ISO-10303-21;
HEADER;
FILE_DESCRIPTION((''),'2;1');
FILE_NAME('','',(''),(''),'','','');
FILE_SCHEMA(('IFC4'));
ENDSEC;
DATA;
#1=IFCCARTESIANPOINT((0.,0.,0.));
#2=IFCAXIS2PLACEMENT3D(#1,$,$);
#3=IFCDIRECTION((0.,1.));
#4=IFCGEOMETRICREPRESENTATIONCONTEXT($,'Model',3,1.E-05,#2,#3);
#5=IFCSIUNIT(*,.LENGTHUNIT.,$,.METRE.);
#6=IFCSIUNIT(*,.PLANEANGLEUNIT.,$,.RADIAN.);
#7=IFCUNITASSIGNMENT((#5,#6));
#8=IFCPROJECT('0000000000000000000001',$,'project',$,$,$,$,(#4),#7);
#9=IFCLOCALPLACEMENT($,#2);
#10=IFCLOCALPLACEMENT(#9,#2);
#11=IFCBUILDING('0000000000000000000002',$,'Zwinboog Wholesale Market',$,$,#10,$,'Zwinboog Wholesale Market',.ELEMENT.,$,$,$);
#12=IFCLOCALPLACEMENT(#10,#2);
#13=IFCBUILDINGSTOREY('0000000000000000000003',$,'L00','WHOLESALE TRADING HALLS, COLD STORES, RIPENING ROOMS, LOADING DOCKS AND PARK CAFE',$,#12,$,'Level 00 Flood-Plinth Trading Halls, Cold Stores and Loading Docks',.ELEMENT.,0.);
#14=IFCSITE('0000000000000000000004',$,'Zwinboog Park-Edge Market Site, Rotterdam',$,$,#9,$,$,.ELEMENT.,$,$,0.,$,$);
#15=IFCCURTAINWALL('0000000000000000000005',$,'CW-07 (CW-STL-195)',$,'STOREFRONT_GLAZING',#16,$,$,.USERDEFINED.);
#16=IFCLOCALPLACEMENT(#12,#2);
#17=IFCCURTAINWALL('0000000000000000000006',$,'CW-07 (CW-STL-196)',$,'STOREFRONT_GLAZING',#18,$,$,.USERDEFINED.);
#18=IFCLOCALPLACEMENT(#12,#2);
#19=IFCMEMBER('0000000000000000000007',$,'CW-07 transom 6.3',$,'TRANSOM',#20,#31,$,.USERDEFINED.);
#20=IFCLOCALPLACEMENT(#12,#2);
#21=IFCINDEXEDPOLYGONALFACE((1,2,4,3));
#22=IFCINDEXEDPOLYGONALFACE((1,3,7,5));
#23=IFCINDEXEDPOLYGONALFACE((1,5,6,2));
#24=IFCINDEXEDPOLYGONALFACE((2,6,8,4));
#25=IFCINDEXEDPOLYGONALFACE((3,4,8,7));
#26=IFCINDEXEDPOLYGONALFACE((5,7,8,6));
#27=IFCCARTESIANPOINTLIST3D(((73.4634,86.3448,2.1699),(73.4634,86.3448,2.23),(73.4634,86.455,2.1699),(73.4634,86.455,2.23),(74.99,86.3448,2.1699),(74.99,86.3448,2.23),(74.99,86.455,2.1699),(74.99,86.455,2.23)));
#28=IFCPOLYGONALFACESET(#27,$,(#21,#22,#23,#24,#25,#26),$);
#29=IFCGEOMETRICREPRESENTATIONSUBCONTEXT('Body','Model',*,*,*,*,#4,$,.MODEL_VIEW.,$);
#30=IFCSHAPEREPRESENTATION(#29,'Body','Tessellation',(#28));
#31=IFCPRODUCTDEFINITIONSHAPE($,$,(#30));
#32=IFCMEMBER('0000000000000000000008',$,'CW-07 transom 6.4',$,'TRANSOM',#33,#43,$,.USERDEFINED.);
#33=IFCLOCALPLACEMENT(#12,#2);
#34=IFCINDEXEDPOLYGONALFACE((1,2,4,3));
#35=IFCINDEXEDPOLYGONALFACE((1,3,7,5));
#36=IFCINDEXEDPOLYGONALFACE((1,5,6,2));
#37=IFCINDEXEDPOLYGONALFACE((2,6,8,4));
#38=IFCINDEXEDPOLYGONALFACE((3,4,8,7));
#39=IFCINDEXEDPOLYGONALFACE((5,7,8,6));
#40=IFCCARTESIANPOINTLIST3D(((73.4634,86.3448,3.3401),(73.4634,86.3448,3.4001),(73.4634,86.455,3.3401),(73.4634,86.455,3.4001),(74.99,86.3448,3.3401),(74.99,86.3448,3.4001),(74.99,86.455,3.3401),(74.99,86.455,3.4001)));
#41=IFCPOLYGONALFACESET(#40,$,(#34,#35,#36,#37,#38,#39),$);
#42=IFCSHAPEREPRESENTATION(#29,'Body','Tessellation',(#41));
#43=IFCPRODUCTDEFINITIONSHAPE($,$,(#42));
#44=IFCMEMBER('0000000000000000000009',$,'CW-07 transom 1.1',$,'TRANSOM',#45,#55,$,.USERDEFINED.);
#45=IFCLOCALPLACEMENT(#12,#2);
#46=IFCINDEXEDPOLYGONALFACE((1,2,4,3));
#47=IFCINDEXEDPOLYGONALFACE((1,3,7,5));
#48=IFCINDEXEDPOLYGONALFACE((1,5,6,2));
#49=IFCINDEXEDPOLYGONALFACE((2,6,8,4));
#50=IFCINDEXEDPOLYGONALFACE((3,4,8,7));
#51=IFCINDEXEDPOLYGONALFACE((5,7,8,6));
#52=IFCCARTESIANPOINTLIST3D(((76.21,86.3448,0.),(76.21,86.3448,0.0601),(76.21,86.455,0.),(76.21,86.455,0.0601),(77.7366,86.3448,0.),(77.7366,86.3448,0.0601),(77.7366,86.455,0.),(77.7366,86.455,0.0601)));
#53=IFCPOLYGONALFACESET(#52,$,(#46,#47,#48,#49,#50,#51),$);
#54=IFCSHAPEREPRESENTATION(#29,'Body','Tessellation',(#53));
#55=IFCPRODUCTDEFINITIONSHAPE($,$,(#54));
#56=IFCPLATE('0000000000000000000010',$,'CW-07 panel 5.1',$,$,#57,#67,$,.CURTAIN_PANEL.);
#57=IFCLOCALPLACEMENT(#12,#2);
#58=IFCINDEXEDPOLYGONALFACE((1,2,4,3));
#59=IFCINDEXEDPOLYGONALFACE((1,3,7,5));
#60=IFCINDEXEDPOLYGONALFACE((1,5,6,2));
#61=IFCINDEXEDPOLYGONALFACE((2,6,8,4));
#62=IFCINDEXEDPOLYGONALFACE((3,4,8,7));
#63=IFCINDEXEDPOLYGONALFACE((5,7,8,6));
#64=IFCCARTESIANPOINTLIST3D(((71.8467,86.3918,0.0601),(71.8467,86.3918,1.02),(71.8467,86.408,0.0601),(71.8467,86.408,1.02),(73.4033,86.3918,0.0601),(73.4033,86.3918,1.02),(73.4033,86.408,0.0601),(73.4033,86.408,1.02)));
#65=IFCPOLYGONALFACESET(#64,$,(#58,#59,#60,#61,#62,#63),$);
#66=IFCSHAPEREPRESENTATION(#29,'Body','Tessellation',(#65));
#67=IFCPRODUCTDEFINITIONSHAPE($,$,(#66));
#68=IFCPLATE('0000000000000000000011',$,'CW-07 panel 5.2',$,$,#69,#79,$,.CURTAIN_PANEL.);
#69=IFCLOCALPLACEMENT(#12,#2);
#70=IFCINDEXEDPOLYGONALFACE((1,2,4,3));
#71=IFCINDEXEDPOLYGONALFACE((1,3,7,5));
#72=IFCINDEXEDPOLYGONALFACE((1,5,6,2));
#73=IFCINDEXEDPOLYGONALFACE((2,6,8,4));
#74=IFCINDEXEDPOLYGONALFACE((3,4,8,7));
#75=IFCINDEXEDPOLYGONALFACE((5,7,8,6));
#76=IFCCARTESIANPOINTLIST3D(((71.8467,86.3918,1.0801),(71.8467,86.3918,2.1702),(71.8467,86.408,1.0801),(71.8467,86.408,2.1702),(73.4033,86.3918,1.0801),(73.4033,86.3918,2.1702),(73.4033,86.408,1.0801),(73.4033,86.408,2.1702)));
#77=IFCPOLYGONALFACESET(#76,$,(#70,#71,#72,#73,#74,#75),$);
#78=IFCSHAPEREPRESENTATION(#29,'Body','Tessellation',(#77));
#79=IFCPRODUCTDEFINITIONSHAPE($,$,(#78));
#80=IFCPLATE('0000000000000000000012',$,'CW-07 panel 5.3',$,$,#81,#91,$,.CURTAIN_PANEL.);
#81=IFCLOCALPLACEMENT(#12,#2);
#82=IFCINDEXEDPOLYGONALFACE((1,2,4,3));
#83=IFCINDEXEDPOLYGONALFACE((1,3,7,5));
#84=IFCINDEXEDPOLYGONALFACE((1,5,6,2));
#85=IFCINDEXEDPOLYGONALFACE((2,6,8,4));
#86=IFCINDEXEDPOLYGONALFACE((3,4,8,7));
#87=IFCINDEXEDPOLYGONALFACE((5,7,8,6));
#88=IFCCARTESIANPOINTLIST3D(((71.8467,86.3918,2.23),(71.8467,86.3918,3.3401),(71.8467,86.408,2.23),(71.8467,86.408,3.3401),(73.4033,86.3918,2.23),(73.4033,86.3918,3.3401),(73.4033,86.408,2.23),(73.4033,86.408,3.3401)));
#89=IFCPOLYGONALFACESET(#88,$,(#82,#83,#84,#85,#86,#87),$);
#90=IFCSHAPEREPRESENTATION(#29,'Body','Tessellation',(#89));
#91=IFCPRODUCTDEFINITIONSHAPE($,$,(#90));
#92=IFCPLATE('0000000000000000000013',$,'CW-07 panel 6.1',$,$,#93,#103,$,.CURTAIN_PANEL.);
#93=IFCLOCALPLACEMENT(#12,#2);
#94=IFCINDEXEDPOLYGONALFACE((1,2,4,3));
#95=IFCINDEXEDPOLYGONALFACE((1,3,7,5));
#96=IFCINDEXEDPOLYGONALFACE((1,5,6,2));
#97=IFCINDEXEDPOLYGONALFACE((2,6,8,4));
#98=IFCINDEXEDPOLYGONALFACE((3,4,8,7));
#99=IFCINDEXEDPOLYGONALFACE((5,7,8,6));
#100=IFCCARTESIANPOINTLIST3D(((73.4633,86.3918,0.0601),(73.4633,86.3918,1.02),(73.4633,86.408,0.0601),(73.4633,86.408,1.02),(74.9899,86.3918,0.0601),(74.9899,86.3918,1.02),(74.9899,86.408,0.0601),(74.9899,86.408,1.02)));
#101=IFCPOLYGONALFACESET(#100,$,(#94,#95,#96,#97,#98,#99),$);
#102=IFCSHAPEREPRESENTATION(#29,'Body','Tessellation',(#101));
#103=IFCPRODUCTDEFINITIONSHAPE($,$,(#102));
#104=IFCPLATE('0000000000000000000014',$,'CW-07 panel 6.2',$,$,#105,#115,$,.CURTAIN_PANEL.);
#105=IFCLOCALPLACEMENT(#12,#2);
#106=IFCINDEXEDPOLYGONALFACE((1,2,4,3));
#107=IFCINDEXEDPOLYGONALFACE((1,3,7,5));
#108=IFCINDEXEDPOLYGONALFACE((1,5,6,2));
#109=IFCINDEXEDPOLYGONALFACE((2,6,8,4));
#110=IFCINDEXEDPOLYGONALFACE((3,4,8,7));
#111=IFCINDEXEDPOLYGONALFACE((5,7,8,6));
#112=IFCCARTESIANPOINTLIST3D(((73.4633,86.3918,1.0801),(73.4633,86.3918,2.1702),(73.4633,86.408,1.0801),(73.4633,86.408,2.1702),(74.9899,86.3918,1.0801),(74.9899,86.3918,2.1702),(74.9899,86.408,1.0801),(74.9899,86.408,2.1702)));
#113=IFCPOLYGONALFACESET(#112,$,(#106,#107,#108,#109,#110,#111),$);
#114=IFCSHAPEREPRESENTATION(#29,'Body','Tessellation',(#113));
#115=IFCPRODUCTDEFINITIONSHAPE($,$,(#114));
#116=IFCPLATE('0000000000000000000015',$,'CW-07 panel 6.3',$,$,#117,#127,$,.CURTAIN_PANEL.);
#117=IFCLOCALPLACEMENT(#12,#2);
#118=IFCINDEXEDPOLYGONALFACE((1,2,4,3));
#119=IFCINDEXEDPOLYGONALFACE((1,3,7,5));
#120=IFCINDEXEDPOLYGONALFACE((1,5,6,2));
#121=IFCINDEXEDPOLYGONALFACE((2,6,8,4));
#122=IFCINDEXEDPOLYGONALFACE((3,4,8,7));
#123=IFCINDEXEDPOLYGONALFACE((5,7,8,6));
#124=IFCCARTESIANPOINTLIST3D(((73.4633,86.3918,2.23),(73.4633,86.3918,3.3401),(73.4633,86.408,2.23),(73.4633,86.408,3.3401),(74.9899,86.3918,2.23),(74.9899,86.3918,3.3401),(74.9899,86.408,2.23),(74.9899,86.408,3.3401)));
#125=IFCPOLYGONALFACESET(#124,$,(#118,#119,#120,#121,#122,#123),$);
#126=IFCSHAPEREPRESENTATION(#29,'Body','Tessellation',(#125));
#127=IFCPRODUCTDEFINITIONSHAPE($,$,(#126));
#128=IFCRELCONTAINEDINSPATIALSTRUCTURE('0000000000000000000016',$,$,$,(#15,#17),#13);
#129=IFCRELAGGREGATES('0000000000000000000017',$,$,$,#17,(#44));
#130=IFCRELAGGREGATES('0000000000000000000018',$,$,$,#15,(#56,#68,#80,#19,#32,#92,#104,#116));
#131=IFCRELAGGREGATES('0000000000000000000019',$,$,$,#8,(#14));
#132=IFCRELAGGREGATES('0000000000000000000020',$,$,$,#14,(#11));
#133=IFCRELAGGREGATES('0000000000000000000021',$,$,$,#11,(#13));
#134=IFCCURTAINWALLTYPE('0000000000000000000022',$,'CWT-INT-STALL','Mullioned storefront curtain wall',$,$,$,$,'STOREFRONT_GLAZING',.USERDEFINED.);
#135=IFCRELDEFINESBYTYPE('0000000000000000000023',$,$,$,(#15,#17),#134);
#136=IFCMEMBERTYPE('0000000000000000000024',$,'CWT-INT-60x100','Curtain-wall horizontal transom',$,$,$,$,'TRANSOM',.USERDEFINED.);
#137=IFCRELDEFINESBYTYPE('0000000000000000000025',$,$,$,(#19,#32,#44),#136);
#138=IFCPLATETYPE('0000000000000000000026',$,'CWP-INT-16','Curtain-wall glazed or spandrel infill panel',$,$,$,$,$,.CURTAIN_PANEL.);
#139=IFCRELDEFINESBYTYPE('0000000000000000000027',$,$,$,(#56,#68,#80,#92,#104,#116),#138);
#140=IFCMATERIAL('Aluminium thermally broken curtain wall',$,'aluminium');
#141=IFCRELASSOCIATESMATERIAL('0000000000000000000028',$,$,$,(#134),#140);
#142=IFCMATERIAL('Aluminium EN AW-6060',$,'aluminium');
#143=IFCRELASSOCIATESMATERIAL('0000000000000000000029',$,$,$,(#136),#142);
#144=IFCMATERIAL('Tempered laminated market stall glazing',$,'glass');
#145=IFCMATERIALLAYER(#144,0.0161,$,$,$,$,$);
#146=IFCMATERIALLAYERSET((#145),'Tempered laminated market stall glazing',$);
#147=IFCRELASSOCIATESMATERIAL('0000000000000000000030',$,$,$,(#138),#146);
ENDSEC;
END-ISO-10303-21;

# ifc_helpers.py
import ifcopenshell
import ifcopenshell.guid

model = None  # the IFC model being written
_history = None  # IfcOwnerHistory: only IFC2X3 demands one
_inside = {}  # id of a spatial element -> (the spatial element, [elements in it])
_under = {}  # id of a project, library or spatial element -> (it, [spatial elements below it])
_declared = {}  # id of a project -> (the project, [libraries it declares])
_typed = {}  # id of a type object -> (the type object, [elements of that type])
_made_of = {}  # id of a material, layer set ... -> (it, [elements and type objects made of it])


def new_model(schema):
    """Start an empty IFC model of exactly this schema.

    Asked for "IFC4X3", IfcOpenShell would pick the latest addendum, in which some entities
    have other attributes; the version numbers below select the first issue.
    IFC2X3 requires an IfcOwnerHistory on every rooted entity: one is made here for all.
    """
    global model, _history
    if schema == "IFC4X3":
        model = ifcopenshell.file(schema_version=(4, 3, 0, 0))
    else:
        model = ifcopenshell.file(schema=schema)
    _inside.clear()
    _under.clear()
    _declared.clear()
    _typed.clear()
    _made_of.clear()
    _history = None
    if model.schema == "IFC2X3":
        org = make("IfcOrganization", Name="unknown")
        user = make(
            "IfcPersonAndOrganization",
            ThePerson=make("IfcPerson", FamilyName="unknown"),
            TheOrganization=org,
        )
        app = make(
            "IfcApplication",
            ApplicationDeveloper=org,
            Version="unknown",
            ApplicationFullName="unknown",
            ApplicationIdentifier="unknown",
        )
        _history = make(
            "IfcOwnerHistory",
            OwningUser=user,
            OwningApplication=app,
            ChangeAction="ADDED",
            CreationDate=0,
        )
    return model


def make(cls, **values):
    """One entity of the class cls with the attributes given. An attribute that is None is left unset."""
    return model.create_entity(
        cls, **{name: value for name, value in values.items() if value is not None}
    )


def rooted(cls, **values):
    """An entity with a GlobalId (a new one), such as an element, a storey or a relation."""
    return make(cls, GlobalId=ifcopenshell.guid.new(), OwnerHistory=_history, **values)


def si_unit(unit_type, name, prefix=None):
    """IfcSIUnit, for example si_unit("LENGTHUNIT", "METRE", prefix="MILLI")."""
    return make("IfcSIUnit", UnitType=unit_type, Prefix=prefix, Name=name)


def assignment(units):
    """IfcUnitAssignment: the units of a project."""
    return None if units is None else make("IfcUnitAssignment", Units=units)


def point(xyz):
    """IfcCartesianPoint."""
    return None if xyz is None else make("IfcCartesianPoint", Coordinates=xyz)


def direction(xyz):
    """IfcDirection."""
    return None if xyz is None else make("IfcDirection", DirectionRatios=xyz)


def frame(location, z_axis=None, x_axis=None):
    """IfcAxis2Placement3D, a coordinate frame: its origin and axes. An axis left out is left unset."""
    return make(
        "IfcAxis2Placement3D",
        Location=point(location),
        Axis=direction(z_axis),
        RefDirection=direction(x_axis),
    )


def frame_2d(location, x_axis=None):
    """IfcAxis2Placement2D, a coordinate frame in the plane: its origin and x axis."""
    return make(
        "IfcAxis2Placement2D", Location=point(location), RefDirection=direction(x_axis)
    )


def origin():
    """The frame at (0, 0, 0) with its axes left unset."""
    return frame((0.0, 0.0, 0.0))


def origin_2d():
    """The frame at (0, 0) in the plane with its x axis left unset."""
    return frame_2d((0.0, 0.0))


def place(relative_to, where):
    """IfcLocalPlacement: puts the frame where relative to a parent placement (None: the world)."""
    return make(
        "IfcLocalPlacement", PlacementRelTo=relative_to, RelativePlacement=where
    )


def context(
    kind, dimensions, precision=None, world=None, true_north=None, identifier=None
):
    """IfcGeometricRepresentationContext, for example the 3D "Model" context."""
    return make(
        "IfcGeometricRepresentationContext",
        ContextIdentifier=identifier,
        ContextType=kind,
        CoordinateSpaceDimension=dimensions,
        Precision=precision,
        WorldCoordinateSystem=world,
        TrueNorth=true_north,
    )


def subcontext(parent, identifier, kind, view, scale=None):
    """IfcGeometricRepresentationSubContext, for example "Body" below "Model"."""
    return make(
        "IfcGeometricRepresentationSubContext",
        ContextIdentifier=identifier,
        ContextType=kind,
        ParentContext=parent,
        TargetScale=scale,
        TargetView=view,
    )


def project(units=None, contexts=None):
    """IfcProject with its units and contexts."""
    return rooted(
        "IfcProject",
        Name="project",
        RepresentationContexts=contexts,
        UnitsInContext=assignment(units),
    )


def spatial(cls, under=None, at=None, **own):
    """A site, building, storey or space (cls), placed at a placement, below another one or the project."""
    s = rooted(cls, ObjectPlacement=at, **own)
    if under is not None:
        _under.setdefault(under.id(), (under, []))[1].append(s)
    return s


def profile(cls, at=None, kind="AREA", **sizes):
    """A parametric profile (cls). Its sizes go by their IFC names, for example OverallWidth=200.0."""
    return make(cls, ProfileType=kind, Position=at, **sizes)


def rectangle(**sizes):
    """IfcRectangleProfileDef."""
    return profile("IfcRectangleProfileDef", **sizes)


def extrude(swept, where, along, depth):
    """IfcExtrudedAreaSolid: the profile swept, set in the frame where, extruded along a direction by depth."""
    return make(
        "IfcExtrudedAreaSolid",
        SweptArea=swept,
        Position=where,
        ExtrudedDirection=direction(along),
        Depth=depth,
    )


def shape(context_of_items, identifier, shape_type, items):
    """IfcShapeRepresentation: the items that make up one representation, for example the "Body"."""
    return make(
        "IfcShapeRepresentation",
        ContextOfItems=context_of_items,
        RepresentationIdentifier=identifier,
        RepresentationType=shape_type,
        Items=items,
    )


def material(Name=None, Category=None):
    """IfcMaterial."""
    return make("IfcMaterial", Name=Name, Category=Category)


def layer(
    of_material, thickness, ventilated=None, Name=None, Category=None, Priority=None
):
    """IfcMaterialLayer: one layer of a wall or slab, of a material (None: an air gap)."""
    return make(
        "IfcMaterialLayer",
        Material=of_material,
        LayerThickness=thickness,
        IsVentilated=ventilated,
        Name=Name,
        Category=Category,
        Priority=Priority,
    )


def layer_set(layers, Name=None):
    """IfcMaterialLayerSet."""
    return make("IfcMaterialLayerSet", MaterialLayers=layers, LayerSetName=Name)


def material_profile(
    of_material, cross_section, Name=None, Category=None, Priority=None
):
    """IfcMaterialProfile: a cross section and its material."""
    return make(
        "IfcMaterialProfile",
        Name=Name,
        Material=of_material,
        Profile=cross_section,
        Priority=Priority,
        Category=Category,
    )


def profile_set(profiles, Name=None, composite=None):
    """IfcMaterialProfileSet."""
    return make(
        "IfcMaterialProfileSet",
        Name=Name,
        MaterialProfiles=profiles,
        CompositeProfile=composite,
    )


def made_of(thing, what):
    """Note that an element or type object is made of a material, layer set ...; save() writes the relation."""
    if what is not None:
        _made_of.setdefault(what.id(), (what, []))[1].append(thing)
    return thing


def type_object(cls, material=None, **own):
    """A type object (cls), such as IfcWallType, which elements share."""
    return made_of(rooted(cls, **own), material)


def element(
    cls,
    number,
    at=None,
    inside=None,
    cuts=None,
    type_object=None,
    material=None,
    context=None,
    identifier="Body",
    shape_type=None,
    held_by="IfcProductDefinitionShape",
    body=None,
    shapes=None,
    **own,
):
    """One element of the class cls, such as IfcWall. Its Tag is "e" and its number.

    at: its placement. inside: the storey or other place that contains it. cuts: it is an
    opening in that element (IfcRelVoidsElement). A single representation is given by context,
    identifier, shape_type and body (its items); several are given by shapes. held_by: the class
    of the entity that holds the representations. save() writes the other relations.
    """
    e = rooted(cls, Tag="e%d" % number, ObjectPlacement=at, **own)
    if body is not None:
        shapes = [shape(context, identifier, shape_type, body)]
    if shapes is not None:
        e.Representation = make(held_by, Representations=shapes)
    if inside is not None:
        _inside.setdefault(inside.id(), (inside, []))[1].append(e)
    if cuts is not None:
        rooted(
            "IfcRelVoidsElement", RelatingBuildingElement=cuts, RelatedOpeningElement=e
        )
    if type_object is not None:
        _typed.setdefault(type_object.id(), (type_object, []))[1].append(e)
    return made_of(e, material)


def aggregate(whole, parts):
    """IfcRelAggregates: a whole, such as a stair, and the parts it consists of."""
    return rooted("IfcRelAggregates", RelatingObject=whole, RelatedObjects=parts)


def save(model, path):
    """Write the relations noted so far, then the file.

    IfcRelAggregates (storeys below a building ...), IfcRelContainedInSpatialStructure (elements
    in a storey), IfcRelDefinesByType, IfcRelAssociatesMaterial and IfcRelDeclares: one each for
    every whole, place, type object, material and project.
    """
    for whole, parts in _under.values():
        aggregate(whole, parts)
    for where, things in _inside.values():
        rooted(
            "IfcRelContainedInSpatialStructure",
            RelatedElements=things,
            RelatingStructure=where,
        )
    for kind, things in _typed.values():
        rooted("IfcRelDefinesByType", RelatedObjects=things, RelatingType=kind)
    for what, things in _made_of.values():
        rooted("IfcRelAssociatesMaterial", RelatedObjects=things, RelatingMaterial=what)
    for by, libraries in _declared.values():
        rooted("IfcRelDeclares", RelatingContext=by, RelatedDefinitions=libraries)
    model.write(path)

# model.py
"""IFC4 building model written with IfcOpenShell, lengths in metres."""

from ifc_helpers import new_model, si_unit, direction, frame, origin, origin_2d, place, context, subcontext, project, spatial, rectangle, extrude, material, layer, layer_set, material_profile, profile_set, type_object, element, aggregate, save


model = new_model("IFC4")

# Units and contexts
model_context = context("Model", 3, precision=1e-05, world=origin(), true_north=direction((0.0, 1.0)))
body_context = subcontext(model_context, "Body", "Model", "MODEL_VIEW")
ifc_project = project(units=[si_unit("LENGTHUNIT", "METRE"), si_unit("PLANEANGLEUNIT", "RADIAN")], contexts=[model_context])

# Site, building, storey
site_placement = place(None, origin())
site = spatial("IfcSite", under=ifc_project, at=site_placement, Name="Zwinboog Park-Edge Market Site, Rotterdam", CompositionType="ELEMENT", RefElevation=0.0)
building_placement = place(site_placement, origin())
building = spatial("IfcBuilding", under=site, at=building_placement, Name="Zwinboog Wholesale Market", LongName="Zwinboog Wholesale Market", CompositionType="ELEMENT")
storey_placement = place(building_placement, origin())
storey = spatial("IfcBuildingStorey", under=building, at=storey_placement, Name="L00", Description="WHOLESALE TRADING HALLS, COLD STORES, RIPENING ROOMS, LOADING DOCKS AND PARK CAFE", LongName="Level 00 Flood-Plinth Trading Halls, Cold Stores and Loading Docks", CompositionType="ELEMENT", Elevation=0.0)

# Curtain wall
ifc_material_1 = material(Name="Aluminium thermally broken curtain wall", Category="aluminium")
curtain_wall_type = type_object("IfcCurtainWallType", Name="CWT-INT-STALL", Description="Mullioned storefront curtain wall", ElementType="STOREFRONT_GLAZING", PredefinedType="USERDEFINED", material=ifc_material_1)
curtain_wall_1_placement = place(storey_placement, origin())
curtain_wall_1 = element("IfcCurtainWall", 1, at=curtain_wall_1_placement, inside=storey, type_object=curtain_wall_type, Name="CW-07 (CW-STL-195)", ObjectType="STOREFRONT_GLAZING", PredefinedType="USERDEFINED")
ifc_material_2 = material(Name="Aluminium EN AW-6060", Category="aluminium")

# Curtain wall
curtain_wall_2_placement = place(storey_placement, origin())
curtain_wall_2 = element("IfcCurtainWall", 2, at=curtain_wall_2_placement, inside=storey, type_object=curtain_wall_type, Name="CW-07 (CW-STL-196)", ObjectType="STOREFRONT_GLAZING", PredefinedType="USERDEFINED")

# Members
ifc_material_profile_1 = material_profile(ifc_material_2, rectangle(XDim=0.1101, YDim=0.0601, at=origin_2d()), Name="AL 60x110")
ifc_profile_set_1 = profile_set([ifc_material_profile_1], Name="Aluminium EN AW-6060")
member_type_1 = type_object("IfcMemberType", Name="CWT-INT-60x100", Description="Curtain-wall horizontal transom", ElementType="TRANSOM", PredefinedType="USERDEFINED", material=ifc_profile_set_1)
member_1_placement = place(storey_placement, frame((73.4634, 86.3999, 2.2), z_axis=(1.0, 0.0, 0.0), x_axis=(0.0, 1.0, 0.0)))
member_1 = element("IfcMember", 3, at=member_1_placement, type_object=member_type_1, Name="CW-07 transom 6.3", ObjectType="TRANSOM", PredefinedType="USERDEFINED", context=body_context, shape_type="SweptSolid", body=[
    extrude(rectangle(XDim=0.1101, YDim=0.0601, at=origin_2d()), origin(), (0.0, 0.0, 1.0), 1.5266),
])
member_2_placement = place(storey_placement, frame((73.4634, 86.3999, 3.3701), z_axis=(1.0, 0.0, 0.0), x_axis=(0.0, 1.0, 0.0)))
member_2 = element("IfcMember", 4, at=member_2_placement, type_object=member_type_1, Name="CW-07 transom 6.4", ObjectType="TRANSOM", PredefinedType="USERDEFINED", context=body_context, shape_type="SweptSolid", body=[
    extrude(rectangle(XDim=0.1101, YDim=0.0601, at=origin_2d()), origin(), (0.0, 0.0, 1.0), 1.5266),
])
member_3_placement = place(storey_placement, frame((76.21, 86.3999, 0.03), z_axis=(1.0, 0.0, 0.0), x_axis=(0.0, 1.0, 0.0)))
member_3 = element("IfcMember", 5, at=member_3_placement, type_object=member_type_1, Name="CW-07 transom 1.1", ObjectType="TRANSOM", PredefinedType="USERDEFINED", context=body_context, shape_type="SweptSolid", body=[
    extrude(rectangle(XDim=0.1101, YDim=0.0601, at=origin_2d()), origin(), (0.0, 0.0, 1.0), 1.5266),
])
aggregate(curtain_wall_2, [member_3])

# Plates
ifc_material_3 = material(Name="Tempered laminated market stall glazing", Category="glass")
ifc_layer = layer(ifc_material_3, 0.0161)
ifc_layer_set = layer_set([ifc_layer], Name="Tempered laminated market stall glazing")
plate_type = type_object("IfcPlateType", Name="CWP-INT-16", Description="Curtain-wall glazed or spandrel infill panel", PredefinedType="CURTAIN_PANEL", material=ifc_layer_set)
plate_1_placement = place(storey_placement, frame((72.625, 86.3999, 0.0601), z_axis=(0.0, 0.0, 1.0), x_axis=(1.0, 0.0, 0.0)))
plate_1 = element("IfcPlate", 6, at=plate_1_placement, type_object=plate_type, Name="CW-07 panel 5.1", PredefinedType="CURTAIN_PANEL", context=body_context, shape_type="SweptSolid", body=[
    extrude(rectangle(XDim=1.5566, YDim=0.0161, at=origin_2d()), origin(), (0.0, 0.0, 1.0), 0.96),
])
plate_2_placement = place(storey_placement, frame((72.625, 86.3999, 1.0801), z_axis=(0.0, 0.0, 1.0), x_axis=(1.0, 0.0, 0.0)))
plate_2 = element("IfcPlate", 7, at=plate_2_placement, type_object=plate_type, Name="CW-07 panel 5.2", PredefinedType="CURTAIN_PANEL", context=body_context, shape_type="SweptSolid", body=[
    extrude(rectangle(XDim=1.5566, YDim=0.0161, at=origin_2d()), origin(), (0.0, 0.0, 1.0), 1.0901),
])
plate_3_placement = place(storey_placement, frame((72.625, 86.3999, 2.23), z_axis=(0.0, 0.0, 1.0), x_axis=(1.0, 0.0, 0.0)))
plate_3 = element("IfcPlate", 8, at=plate_3_placement, type_object=plate_type, Name="CW-07 panel 5.3", PredefinedType="CURTAIN_PANEL", context=body_context, shape_type="SweptSolid", body=[
    extrude(rectangle(XDim=1.5566, YDim=0.0161, at=origin_2d()), origin(), (0.0, 0.0, 1.0), 1.1101),
])
plate_4_placement = place(storey_placement, frame((74.2266, 86.3999, 0.0601), z_axis=(0.0, 0.0, 1.0), x_axis=(1.0, 0.0, 0.0)))
plate_4 = element("IfcPlate", 9, at=plate_4_placement, type_object=plate_type, Name="CW-07 panel 6.1", PredefinedType="CURTAIN_PANEL", context=body_context, shape_type="SweptSolid", body=[
    extrude(rectangle(XDim=1.5266, YDim=0.0161, at=origin_2d()), origin(), (0.0, 0.0, 1.0), 0.96),
])
plate_5_placement = place(storey_placement, frame((74.2266, 86.3999, 1.0801), z_axis=(0.0, 0.0, 1.0), x_axis=(1.0, 0.0, 0.0)))
plate_5 = element("IfcPlate", 10, at=plate_5_placement, type_object=plate_type, Name="CW-07 panel 6.2", PredefinedType="CURTAIN_PANEL", context=body_context, shape_type="SweptSolid", body=[
    extrude(rectangle(XDim=1.5266, YDim=0.0161, at=origin_2d()), origin(), (0.0, 0.0, 1.0), 1.0901),
])
plate_6_placement = place(storey_placement, frame((74.2266, 86.3999, 2.23), z_axis=(0.0, 0.0, 1.0), x_axis=(1.0, 0.0, 0.0)))
plate_6 = element("IfcPlate", 11, at=plate_6_placement, type_object=plate_type, Name="CW-07 panel 6.3", PredefinedType="CURTAIN_PANEL", context=body_context, shape_type="SweptSolid", body=[
    extrude(rectangle(XDim=1.5266, YDim=0.0161, at=origin_2d()), origin(), (0.0, 0.0, 1.0), 1.1101),
])
aggregate(curtain_wall_1, [plate_1, plate_2, plate_3, member_1, member_2, plate_4, plate_5, plate_6])

save(model, "model.ifc")
